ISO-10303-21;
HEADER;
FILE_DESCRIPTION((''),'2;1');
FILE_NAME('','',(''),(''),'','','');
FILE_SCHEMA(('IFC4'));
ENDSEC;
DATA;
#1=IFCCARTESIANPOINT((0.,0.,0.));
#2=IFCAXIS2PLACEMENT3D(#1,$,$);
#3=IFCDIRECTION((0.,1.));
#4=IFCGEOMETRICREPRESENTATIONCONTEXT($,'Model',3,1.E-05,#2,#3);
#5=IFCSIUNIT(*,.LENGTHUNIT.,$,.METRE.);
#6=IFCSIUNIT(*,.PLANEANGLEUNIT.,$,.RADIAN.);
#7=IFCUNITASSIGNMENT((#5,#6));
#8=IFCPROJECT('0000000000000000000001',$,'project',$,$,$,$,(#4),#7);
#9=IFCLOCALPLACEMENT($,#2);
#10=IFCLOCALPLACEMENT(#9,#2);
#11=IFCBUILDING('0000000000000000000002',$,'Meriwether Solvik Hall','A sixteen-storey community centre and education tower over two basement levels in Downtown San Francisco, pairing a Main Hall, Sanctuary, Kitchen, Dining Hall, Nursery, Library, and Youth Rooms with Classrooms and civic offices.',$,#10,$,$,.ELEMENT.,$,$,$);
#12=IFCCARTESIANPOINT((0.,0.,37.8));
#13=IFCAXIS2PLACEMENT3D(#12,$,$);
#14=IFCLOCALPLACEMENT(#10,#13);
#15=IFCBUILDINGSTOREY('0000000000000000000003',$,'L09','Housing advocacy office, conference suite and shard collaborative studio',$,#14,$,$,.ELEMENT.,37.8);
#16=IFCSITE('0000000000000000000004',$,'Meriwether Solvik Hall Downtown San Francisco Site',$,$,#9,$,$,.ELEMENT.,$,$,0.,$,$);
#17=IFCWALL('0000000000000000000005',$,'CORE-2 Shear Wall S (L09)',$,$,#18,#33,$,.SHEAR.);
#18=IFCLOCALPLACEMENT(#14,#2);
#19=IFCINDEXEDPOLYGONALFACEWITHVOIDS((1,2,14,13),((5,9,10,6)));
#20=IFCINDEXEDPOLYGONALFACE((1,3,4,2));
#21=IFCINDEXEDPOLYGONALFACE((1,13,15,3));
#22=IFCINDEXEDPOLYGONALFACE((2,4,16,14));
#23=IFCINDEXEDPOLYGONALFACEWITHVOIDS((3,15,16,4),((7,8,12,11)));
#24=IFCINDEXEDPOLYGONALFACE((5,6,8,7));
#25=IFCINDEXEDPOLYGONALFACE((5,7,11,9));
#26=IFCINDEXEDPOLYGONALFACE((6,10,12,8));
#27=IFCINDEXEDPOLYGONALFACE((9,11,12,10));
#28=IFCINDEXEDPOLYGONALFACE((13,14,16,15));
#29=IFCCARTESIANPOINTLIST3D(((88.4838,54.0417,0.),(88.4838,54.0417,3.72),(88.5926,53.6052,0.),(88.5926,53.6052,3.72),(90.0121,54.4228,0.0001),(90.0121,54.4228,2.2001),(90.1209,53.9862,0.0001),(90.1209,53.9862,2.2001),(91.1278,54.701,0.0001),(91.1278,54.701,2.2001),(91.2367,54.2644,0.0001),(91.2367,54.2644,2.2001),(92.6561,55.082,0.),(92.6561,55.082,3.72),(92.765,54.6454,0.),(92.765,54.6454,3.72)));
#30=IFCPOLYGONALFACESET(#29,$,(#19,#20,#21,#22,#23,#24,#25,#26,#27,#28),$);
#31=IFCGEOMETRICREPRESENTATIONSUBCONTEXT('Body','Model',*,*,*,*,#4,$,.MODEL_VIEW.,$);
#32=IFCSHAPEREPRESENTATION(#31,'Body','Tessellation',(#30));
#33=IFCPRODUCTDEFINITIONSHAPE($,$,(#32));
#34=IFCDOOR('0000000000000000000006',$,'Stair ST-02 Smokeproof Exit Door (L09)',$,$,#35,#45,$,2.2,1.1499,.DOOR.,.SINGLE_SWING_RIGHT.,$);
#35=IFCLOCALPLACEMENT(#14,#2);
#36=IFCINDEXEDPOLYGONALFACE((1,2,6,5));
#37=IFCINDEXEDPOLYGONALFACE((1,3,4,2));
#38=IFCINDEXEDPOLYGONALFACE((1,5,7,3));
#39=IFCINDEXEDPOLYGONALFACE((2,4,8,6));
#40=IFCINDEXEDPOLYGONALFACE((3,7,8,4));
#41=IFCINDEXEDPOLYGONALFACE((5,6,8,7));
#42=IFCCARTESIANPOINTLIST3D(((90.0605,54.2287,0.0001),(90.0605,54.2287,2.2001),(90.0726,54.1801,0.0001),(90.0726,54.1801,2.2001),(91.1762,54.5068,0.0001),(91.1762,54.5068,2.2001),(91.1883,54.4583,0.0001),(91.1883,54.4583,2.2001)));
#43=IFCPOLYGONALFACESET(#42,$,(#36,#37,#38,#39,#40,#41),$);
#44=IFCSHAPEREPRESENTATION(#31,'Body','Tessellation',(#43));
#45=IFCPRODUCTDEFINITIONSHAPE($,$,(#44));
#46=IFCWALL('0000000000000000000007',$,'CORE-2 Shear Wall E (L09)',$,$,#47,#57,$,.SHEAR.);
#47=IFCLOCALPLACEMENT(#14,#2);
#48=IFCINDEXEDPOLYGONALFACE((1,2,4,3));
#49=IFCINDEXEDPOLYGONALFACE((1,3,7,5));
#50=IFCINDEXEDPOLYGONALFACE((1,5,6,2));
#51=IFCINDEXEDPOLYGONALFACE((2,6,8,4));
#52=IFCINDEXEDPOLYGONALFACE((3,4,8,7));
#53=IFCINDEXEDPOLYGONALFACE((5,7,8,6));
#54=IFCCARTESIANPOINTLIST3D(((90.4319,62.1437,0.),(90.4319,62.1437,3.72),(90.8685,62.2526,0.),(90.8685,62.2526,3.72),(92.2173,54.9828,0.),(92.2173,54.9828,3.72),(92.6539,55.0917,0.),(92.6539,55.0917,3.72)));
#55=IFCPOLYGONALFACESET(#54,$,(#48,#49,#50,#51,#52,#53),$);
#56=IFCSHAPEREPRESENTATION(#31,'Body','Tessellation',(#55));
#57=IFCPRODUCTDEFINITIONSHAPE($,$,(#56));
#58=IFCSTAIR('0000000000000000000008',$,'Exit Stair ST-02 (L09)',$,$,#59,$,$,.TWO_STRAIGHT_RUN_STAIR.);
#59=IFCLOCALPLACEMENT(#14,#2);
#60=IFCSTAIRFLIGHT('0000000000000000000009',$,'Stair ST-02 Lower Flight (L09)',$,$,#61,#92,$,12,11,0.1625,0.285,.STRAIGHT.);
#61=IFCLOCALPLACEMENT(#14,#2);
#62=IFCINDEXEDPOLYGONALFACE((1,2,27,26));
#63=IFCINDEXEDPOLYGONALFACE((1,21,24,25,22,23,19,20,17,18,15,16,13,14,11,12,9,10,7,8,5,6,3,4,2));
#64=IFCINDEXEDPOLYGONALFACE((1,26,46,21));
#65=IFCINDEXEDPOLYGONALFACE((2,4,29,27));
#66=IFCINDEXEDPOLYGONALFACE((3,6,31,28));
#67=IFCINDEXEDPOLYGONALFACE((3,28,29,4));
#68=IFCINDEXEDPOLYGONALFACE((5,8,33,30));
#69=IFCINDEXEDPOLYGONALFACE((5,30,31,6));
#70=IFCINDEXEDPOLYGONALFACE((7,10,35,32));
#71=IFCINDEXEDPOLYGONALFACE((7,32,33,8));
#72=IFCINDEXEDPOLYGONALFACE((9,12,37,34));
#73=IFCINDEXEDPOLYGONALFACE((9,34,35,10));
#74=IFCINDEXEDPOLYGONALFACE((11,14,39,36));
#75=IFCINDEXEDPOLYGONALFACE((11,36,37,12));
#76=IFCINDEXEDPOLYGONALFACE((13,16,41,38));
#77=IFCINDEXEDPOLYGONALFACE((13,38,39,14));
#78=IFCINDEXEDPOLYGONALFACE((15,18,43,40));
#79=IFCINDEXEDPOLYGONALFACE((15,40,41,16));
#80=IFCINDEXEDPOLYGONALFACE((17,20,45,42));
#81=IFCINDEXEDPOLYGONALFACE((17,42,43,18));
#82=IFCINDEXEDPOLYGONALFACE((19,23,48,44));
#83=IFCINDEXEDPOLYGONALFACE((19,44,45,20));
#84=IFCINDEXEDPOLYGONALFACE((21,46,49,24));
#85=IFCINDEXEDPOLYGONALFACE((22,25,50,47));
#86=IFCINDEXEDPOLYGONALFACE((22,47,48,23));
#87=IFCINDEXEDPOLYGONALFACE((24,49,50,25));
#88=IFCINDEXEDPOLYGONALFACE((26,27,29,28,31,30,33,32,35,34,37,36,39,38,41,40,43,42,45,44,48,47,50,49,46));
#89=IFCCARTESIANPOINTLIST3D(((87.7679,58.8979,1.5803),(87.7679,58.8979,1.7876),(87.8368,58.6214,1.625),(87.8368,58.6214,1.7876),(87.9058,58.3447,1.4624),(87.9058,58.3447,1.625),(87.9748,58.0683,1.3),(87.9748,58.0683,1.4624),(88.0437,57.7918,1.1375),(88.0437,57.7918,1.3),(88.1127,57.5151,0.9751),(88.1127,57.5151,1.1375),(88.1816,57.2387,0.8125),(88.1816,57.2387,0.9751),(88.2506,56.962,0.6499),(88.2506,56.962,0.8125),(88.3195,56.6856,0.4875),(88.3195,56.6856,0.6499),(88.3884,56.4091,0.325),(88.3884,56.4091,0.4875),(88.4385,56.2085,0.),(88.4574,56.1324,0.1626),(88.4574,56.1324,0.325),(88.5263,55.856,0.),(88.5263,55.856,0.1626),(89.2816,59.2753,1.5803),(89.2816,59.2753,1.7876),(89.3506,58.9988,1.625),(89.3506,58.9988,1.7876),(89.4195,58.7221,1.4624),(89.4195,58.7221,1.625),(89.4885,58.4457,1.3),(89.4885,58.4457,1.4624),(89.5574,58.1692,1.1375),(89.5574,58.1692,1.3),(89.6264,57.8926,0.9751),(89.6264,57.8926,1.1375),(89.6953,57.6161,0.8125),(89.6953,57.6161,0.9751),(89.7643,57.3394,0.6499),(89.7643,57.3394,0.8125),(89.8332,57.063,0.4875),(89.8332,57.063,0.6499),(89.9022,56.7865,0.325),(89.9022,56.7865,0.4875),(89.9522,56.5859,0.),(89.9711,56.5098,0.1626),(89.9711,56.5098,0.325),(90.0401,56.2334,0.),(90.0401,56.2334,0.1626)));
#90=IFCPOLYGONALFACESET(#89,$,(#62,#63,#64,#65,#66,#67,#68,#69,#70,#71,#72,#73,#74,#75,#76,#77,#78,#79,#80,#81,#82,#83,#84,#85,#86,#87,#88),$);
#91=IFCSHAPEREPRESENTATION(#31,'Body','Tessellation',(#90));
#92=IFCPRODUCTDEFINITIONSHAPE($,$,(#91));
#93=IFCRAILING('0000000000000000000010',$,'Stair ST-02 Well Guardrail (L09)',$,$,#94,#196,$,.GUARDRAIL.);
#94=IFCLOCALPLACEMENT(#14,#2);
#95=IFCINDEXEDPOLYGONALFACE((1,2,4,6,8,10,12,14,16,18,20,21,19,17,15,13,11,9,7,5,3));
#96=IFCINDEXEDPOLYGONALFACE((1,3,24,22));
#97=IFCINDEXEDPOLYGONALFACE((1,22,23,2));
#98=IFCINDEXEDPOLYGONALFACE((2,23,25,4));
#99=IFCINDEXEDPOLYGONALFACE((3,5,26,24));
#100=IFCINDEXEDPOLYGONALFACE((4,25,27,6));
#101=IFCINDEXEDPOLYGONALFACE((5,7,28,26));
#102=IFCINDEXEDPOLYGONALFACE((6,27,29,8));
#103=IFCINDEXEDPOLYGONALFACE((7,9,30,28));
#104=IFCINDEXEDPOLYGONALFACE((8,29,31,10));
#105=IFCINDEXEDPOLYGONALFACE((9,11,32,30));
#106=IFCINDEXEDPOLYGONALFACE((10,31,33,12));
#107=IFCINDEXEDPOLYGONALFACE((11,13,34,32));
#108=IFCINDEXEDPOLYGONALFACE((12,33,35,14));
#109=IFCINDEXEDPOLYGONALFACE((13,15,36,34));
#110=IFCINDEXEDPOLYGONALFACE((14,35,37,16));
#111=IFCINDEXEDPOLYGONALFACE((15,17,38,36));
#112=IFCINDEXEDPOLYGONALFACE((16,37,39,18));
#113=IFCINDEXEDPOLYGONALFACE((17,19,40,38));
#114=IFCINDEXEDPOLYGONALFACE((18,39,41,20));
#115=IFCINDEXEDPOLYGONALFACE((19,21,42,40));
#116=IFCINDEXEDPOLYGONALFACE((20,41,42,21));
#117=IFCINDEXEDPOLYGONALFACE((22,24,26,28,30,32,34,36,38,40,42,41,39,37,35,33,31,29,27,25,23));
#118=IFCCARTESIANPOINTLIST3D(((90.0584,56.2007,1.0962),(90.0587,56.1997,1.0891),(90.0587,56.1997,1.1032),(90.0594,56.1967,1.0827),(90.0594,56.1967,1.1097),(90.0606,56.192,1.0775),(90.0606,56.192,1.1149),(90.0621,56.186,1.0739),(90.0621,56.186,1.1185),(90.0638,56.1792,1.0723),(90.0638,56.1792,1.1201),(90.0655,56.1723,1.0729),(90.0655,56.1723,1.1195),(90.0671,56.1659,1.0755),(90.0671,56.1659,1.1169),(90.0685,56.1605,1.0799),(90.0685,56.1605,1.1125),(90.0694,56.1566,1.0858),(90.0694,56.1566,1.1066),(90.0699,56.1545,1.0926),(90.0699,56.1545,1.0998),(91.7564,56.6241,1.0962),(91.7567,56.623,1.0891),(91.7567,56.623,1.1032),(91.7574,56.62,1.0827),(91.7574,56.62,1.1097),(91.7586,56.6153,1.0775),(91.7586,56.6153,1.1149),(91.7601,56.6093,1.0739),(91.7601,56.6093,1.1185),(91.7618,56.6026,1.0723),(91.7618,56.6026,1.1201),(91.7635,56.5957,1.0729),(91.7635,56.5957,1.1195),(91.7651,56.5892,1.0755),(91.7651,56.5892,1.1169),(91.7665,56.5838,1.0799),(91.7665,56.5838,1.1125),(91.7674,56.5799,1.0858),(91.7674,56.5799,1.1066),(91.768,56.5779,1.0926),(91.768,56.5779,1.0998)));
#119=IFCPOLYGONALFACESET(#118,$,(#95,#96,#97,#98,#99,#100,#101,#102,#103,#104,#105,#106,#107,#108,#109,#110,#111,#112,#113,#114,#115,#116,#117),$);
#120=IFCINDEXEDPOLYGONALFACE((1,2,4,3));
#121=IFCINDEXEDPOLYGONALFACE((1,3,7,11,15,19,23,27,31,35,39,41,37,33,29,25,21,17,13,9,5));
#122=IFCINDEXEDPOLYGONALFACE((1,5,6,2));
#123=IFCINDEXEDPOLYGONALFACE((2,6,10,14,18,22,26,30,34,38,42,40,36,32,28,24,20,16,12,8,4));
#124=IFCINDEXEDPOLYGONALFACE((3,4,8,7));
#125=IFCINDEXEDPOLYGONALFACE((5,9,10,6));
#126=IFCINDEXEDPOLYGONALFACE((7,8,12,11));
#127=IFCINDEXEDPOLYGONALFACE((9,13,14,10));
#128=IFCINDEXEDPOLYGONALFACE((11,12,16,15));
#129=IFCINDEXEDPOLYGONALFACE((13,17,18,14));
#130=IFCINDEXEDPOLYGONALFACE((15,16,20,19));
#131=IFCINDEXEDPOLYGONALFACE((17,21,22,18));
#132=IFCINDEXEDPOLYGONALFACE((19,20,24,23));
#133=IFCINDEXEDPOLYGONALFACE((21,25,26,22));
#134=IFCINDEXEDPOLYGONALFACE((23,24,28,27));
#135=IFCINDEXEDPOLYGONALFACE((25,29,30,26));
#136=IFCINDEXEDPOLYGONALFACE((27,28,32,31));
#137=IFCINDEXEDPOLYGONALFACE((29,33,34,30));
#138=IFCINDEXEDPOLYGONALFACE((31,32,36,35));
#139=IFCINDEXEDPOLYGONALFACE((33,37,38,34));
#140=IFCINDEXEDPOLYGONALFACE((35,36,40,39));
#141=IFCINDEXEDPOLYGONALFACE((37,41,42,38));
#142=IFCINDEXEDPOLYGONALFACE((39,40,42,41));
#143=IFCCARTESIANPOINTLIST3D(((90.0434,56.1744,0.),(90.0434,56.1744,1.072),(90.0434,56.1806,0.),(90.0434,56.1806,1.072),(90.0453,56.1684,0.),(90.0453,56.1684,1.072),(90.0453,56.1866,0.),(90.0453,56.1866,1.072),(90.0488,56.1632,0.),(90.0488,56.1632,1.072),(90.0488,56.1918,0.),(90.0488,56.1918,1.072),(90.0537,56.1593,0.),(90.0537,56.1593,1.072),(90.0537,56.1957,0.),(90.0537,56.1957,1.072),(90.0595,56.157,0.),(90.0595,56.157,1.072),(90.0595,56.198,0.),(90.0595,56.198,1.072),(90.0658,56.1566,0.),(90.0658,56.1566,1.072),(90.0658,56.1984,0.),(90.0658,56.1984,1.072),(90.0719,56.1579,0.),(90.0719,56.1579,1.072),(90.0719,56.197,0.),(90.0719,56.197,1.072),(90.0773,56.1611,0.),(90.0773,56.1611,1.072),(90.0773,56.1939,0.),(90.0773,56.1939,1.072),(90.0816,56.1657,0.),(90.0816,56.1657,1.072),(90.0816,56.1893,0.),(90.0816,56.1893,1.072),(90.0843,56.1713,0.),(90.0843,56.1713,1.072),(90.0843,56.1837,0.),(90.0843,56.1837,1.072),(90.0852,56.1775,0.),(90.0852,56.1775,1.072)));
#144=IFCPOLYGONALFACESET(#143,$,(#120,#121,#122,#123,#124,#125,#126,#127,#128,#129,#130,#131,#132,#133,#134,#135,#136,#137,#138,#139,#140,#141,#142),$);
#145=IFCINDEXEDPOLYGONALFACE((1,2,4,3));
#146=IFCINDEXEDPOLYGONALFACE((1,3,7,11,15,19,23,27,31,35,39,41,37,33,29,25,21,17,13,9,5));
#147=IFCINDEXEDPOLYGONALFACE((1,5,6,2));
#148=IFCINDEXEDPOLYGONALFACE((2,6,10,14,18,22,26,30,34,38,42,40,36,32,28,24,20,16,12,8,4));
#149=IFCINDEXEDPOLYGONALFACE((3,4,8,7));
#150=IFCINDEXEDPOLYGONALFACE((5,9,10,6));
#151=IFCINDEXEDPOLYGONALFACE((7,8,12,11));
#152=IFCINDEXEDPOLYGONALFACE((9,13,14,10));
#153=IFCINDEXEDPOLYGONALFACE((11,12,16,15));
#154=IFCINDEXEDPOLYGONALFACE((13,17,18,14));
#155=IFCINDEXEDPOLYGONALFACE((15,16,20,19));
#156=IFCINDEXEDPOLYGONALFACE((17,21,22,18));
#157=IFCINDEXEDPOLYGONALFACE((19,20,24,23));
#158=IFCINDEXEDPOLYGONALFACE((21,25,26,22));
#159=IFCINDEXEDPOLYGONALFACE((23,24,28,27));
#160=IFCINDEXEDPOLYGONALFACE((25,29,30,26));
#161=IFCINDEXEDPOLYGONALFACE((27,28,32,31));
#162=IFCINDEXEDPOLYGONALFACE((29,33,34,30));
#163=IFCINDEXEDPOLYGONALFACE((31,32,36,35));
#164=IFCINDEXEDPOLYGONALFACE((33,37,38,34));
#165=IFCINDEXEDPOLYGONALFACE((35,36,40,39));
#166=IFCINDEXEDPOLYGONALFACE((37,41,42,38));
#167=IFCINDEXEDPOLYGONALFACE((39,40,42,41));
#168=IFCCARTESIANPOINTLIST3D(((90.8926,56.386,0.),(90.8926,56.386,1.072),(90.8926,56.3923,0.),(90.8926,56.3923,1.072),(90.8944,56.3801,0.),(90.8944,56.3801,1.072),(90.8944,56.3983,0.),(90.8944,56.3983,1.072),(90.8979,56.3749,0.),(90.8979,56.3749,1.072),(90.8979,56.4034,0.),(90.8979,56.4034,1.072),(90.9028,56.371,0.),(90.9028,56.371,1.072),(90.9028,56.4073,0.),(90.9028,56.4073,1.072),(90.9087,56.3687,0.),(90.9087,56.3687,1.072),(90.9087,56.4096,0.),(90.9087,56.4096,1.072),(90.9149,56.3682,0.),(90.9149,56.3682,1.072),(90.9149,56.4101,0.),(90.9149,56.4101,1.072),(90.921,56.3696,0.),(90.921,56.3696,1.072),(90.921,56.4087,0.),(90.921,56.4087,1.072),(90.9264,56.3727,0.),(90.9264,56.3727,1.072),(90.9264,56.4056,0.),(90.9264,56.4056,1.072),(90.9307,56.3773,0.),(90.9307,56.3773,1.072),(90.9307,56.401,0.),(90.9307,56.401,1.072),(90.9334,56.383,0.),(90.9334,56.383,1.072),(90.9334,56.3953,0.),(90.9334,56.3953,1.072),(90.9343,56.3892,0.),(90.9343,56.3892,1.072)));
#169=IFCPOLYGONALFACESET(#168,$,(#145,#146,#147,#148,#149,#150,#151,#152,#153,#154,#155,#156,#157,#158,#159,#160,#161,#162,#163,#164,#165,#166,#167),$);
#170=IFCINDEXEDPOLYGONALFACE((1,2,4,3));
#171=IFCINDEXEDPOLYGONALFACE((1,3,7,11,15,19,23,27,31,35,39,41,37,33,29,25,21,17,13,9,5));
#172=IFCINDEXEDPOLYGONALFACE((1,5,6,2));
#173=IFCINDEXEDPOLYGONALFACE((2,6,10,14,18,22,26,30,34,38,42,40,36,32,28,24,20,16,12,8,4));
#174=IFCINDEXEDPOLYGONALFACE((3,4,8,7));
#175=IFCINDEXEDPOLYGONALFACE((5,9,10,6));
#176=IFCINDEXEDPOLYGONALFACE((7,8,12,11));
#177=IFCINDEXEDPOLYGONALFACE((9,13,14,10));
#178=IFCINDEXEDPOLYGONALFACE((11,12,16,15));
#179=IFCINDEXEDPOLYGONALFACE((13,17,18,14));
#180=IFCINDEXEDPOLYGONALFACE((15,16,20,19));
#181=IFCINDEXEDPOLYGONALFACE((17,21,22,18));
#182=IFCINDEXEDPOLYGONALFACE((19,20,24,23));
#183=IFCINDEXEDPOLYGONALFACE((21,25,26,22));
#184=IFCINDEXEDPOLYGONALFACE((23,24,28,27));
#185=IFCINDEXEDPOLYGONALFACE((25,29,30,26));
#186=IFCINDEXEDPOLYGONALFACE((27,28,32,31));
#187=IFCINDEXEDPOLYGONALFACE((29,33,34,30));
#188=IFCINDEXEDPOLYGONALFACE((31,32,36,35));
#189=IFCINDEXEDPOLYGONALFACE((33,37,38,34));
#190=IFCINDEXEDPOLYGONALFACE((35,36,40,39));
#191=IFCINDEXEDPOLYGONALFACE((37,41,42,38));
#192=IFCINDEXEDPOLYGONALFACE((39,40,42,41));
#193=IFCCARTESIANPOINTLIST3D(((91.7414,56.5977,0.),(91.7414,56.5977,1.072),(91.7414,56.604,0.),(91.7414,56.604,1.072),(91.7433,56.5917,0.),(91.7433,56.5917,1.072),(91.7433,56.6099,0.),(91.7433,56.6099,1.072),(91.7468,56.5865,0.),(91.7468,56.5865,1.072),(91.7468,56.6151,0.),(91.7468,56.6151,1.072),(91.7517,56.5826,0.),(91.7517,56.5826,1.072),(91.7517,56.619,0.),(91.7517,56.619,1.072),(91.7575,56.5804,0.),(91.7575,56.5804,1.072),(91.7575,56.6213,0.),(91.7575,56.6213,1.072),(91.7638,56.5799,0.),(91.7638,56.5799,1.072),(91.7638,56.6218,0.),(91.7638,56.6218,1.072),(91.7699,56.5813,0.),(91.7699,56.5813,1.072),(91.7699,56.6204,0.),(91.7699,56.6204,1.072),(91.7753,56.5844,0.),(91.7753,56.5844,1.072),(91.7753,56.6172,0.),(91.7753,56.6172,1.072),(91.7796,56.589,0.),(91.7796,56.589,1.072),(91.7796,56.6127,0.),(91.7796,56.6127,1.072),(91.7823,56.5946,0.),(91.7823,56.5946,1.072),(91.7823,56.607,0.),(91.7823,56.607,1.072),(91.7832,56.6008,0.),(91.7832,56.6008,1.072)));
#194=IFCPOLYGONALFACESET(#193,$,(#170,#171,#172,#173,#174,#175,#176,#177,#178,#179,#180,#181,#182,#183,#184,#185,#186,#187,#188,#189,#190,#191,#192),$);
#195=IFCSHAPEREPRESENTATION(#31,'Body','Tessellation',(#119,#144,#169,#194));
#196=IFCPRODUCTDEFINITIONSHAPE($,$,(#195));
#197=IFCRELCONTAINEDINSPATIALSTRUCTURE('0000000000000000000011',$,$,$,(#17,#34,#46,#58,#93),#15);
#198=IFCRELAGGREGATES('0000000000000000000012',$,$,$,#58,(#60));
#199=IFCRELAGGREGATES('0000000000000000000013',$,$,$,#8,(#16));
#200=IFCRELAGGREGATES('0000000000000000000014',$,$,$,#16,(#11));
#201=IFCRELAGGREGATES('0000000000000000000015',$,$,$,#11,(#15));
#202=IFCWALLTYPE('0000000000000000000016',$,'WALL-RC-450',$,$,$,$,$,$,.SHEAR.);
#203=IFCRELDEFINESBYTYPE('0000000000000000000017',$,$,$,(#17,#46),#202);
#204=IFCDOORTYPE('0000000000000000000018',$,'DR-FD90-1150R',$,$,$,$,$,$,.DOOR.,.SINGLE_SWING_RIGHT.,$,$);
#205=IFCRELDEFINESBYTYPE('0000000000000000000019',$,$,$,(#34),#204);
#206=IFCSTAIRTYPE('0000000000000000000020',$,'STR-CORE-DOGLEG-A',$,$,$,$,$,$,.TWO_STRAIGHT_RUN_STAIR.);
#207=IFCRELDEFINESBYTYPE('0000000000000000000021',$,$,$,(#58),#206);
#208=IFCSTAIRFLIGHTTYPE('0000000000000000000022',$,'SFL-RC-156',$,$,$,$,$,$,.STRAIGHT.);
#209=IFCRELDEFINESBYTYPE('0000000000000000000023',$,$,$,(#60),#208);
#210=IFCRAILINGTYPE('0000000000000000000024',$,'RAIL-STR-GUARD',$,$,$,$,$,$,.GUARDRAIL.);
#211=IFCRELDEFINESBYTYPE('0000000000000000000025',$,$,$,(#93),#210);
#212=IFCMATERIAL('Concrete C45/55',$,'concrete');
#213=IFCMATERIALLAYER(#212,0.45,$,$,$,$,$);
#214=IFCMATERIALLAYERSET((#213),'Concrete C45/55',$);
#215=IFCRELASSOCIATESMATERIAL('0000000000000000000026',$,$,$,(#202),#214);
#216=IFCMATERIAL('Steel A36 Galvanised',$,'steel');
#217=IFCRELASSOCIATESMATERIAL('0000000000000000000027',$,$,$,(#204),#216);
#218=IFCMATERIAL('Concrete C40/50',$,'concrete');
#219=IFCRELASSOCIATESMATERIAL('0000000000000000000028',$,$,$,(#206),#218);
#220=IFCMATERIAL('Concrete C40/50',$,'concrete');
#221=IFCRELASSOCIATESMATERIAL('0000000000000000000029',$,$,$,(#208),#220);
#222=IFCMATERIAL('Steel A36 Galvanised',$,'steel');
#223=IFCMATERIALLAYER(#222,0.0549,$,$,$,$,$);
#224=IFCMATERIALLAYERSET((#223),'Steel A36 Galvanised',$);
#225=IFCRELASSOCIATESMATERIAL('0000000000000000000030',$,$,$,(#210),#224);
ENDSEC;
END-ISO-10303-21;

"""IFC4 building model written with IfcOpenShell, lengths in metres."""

from ifc_helpers import new_model, si_unit, direction, frame, frame_2d, origin, origin_2d, place, context, subcontext, project, spatial, polyline, rectangle, circle, outline, extrude, material, layer, layer_set, type_object, element, fill, aggregate, save


model = new_model("IFC4")

# Units and contexts
model_context = context("Model", 3, precision=1e-05, world=origin(), true_north=direction((0.0, 1.0)))
body_context = subcontext(model_context, "Body", "Model", "MODEL_VIEW")
ifc_project = project(units=[si_unit("LENGTHUNIT", "METRE"), si_unit("PLANEANGLEUNIT", "RADIAN")], contexts=[model_context])

# Site, building, storey
site_placement = place(None, origin())
site = spatial("IfcSite", under=ifc_project, at=site_placement, Name="Meriwether Solvik Hall Downtown San Francisco Site", CompositionType="ELEMENT", RefElevation=0.0)
building_placement = place(site_placement, origin())
building = spatial("IfcBuilding", under=site, at=building_placement, Name="Meriwether Solvik Hall", Description="A sixteen-storey community centre and education tower over two basement levels in Downtown San Francisco, pairing a Main Hall, Sanctuary, Kitchen, Dining Hall, Nursery, Library, and Youth Rooms with Classrooms and civic offices.", CompositionType="ELEMENT")
storey_placement = place(building_placement, frame((0.0, 0.0, 37.8)))
storey = spatial("IfcBuildingStorey", under=building, at=storey_placement, Name="L09", Description="Housing advocacy office, conference suite and shard collaborative studio", CompositionType="ELEMENT", Elevation=37.8)

# Wall, opening, door
ifc_material_1 = material(Name="Concrete C45/55", Category="concrete")
ifc_layer_1 = layer(ifc_material_1, 0.45)
ifc_layer_set_1 = layer_set([ifc_layer_1], Name="Concrete C45/55")
wall_type_1 = type_object("IfcWallType", Name="WALL-RC-450", PredefinedType="SHEAR", material=ifc_layer_set_1)
wall_1_placement = place(storey_placement, frame((88.5383, 53.8235, 0.0), z_axis=(0.0, 0.0, 1.0), x_axis=(0.970296, 0.241921, 0.0)))
wall_1 = element("IfcWall", 1, at=wall_1_placement, inside=storey, type_object=wall_type_1, Name="CORE-2 Shear Wall S (L09)", PredefinedType="SHEAR", context=body_context, shape_type="SweptSolid", body=[
    extrude(rectangle(XDim=4.3, YDim=0.45, at=frame_2d((2.1499, 0.0))), origin(), (0.0, 0.0, 1.0), 3.72),
])
opening_1_placement = place(wall_1_placement, frame((1.575, 0.0, 0.0)))
opening_1 = element("IfcOpeningElement", 2, at=opening_1_placement, cuts=wall_1, PredefinedType="OPENING", context=body_context, shape_type="SweptSolid", body=[
    extrude(rectangle(XDim=1.1499, YDim=2.2, at=frame_2d((0.575, 1.1001))), frame((0.0, 0.2368, 0.0), z_axis=(0.0, -1.0, 0.0), x_axis=(1.0, 0.0, 0.0)), (0.0, 0.0, 1.0), 0.4739),
])
ifc_material_2 = material(Name="Steel A36 Galvanised", Category="steel")
door_type_1 = type_object("IfcDoorType", Name="DR-FD90-1150R", OperationType="SINGLE_SWING_RIGHT", PredefinedType="DOOR", material=ifc_material_2)
door_1_placement = place(opening_1_placement, origin())
door_1 = element("IfcDoor", 3, at=door_1_placement, inside=storey, type_object=door_type_1, Name="Stair ST-02 Smokeproof Exit Door (L09)", OperationType="SINGLE_SWING_RIGHT", OverallHeight=2.2, OverallWidth=1.1499, PredefinedType="DOOR", context=body_context, shape_type="SweptSolid", body=[
    extrude(rectangle(XDim=1.1499, YDim=2.2, at=frame_2d((0.575, 1.1001))), frame((0.0, 0.0249, 0.0), z_axis=(0.0, -1.0, 0.0), x_axis=(1.0, 0.0, 0.0)), (0.0, 0.0, 1.0), 0.05),
])
fill(opening_1, door_1)

# Wall
wall_2_placement = place(storey_placement, frame((92.4355, 55.0374, 0.0), z_axis=(0.0, 0.0, 1.0), x_axis=(-0.241921, 0.970296, 0.0)))
element("IfcWall", 4, at=wall_2_placement, inside=storey, type_object=wall_type_1, Name="CORE-2 Shear Wall E (L09)", PredefinedType="SHEAR", context=body_context, shape_type="SweptSolid", body=[
    extrude(rectangle(XDim=7.3801, YDim=0.45, at=frame_2d((3.6899, 0.0))), origin(), (0.0, 0.0, 1.0), 3.72),
])

# Stair, stair flight
ifc_material_3 = material(Name="Concrete C40/50", Category="concrete")
stair_type = type_object("IfcStairType", Name="STR-CORE-DOGLEG-A", PredefinedType="TWO_STRAIGHT_RUN_STAIR", material=ifc_material_3)
stair_placement = place(storey_placement, origin())
stair = element("IfcStair", 5, at=stair_placement, inside=storey, type_object=stair_type, Name="Exit Stair ST-02 (L09)", PredefinedType="TWO_STRAIGHT_RUN_STAIR")
ifc_material_4 = material(Name="Concrete C40/50", Category="concrete")
stair_flight_type = type_object("IfcStairFlightType", Name="SFL-RC-156", PredefinedType="STRAIGHT", material=ifc_material_4)
stair_flight_placement = place(storey_placement, frame((89.2832, 56.0447, 0.0), z_axis=(0.0, 0.0, 1.0), x_axis=(-0.241922, 0.970296, 0.0)))
stair_flight = element("IfcStairFlight", 6, at=stair_flight_placement, type_object=stair_flight_type, Name="Stair ST-02 Lower Flight (L09)", NumberOfRisers=12, NumberOfTreads=11, PredefinedType="STRAIGHT", RiserHeight=0.1625, TreadLength=0.285, context=body_context, shape_type="SweptSolid", body=[
    extrude(outline(polyline([(0.0, 0.0), (0.0, 0.1626), (0.2849, 0.1626), (0.2849, 0.325), (0.5701, 0.325), (0.5701, 0.4875), (0.855, 0.4875), (0.855, 0.6499), (1.1399, 0.6499), (1.1399, 0.8125), (1.425, 0.8125), (1.425, 0.9751), (1.71, 0.9751), (1.71, 1.1375), (1.9951, 1.1375), (1.9951, 1.3), (2.28, 1.3), (2.28, 1.4624), (2.5649, 1.4624), (2.5649, 1.625), (2.8501, 1.625), (2.8501, 1.7876), (3.135, 1.7876), (3.135, 1.95), (3.135, 1.5803), (0.3633, 0.0), (0.0, 0.0)])), frame((0.0, 0.78, 0.0), z_axis=(0.0, -1.0, 0.0), x_axis=(1.0, 0.0, 0.0)), (0.0, 0.0, 1.0), 1.5601),
])
aggregate(stair, [stair_flight])

# Railing
ifc_material_5 = material(Name="Steel A36 Galvanised", Category="steel")
ifc_layer_2 = layer(ifc_material_5, 0.0549)
ifc_layer_set_2 = layer_set([ifc_layer_2], Name="Steel A36 Galvanised")
railing_type_1 = type_object("IfcRailingType", Name="RAIL-STR-GUARD", PredefinedType="GUARDRAIL", material=ifc_layer_set_2)
railing_1_placement = place(storey_placement, frame((90.0642, 56.1775, 0.0)))
element("IfcRailing", 7, at=railing_1_placement, inside=storey, type_object=railing_type_1, Name="Stair ST-02 Well Guardrail (L09)", PredefinedType="GUARDRAIL", context=body_context, shape_type="SweptSolid", body=[
    extrude(circle(Radius=0.0239, at=origin_2d()), frame((0.0, 0.0, 1.0962), z_axis=(0.970298, 0.241912, 0.0), x_axis=(-0.241912, 0.970298, 0.0)), (0.0, 0.0, 1.0), 1.75),
    extrude(circle(Radius=0.021, at=origin_2d()), origin(), (0.0, 0.0, 1.0), 1.072),
    extrude(circle(Radius=0.021, at=origin_2d()), frame((0.8491, 0.2117, 0.0)), (0.0, 0.0, 1.0), 1.072),
    extrude(circle(Radius=0.021, at=origin_2d()), frame((1.698, 0.4233, 0.0)), (0.0, 0.0, 1.0), 1.072),
])

save(model, "model.ifc")
